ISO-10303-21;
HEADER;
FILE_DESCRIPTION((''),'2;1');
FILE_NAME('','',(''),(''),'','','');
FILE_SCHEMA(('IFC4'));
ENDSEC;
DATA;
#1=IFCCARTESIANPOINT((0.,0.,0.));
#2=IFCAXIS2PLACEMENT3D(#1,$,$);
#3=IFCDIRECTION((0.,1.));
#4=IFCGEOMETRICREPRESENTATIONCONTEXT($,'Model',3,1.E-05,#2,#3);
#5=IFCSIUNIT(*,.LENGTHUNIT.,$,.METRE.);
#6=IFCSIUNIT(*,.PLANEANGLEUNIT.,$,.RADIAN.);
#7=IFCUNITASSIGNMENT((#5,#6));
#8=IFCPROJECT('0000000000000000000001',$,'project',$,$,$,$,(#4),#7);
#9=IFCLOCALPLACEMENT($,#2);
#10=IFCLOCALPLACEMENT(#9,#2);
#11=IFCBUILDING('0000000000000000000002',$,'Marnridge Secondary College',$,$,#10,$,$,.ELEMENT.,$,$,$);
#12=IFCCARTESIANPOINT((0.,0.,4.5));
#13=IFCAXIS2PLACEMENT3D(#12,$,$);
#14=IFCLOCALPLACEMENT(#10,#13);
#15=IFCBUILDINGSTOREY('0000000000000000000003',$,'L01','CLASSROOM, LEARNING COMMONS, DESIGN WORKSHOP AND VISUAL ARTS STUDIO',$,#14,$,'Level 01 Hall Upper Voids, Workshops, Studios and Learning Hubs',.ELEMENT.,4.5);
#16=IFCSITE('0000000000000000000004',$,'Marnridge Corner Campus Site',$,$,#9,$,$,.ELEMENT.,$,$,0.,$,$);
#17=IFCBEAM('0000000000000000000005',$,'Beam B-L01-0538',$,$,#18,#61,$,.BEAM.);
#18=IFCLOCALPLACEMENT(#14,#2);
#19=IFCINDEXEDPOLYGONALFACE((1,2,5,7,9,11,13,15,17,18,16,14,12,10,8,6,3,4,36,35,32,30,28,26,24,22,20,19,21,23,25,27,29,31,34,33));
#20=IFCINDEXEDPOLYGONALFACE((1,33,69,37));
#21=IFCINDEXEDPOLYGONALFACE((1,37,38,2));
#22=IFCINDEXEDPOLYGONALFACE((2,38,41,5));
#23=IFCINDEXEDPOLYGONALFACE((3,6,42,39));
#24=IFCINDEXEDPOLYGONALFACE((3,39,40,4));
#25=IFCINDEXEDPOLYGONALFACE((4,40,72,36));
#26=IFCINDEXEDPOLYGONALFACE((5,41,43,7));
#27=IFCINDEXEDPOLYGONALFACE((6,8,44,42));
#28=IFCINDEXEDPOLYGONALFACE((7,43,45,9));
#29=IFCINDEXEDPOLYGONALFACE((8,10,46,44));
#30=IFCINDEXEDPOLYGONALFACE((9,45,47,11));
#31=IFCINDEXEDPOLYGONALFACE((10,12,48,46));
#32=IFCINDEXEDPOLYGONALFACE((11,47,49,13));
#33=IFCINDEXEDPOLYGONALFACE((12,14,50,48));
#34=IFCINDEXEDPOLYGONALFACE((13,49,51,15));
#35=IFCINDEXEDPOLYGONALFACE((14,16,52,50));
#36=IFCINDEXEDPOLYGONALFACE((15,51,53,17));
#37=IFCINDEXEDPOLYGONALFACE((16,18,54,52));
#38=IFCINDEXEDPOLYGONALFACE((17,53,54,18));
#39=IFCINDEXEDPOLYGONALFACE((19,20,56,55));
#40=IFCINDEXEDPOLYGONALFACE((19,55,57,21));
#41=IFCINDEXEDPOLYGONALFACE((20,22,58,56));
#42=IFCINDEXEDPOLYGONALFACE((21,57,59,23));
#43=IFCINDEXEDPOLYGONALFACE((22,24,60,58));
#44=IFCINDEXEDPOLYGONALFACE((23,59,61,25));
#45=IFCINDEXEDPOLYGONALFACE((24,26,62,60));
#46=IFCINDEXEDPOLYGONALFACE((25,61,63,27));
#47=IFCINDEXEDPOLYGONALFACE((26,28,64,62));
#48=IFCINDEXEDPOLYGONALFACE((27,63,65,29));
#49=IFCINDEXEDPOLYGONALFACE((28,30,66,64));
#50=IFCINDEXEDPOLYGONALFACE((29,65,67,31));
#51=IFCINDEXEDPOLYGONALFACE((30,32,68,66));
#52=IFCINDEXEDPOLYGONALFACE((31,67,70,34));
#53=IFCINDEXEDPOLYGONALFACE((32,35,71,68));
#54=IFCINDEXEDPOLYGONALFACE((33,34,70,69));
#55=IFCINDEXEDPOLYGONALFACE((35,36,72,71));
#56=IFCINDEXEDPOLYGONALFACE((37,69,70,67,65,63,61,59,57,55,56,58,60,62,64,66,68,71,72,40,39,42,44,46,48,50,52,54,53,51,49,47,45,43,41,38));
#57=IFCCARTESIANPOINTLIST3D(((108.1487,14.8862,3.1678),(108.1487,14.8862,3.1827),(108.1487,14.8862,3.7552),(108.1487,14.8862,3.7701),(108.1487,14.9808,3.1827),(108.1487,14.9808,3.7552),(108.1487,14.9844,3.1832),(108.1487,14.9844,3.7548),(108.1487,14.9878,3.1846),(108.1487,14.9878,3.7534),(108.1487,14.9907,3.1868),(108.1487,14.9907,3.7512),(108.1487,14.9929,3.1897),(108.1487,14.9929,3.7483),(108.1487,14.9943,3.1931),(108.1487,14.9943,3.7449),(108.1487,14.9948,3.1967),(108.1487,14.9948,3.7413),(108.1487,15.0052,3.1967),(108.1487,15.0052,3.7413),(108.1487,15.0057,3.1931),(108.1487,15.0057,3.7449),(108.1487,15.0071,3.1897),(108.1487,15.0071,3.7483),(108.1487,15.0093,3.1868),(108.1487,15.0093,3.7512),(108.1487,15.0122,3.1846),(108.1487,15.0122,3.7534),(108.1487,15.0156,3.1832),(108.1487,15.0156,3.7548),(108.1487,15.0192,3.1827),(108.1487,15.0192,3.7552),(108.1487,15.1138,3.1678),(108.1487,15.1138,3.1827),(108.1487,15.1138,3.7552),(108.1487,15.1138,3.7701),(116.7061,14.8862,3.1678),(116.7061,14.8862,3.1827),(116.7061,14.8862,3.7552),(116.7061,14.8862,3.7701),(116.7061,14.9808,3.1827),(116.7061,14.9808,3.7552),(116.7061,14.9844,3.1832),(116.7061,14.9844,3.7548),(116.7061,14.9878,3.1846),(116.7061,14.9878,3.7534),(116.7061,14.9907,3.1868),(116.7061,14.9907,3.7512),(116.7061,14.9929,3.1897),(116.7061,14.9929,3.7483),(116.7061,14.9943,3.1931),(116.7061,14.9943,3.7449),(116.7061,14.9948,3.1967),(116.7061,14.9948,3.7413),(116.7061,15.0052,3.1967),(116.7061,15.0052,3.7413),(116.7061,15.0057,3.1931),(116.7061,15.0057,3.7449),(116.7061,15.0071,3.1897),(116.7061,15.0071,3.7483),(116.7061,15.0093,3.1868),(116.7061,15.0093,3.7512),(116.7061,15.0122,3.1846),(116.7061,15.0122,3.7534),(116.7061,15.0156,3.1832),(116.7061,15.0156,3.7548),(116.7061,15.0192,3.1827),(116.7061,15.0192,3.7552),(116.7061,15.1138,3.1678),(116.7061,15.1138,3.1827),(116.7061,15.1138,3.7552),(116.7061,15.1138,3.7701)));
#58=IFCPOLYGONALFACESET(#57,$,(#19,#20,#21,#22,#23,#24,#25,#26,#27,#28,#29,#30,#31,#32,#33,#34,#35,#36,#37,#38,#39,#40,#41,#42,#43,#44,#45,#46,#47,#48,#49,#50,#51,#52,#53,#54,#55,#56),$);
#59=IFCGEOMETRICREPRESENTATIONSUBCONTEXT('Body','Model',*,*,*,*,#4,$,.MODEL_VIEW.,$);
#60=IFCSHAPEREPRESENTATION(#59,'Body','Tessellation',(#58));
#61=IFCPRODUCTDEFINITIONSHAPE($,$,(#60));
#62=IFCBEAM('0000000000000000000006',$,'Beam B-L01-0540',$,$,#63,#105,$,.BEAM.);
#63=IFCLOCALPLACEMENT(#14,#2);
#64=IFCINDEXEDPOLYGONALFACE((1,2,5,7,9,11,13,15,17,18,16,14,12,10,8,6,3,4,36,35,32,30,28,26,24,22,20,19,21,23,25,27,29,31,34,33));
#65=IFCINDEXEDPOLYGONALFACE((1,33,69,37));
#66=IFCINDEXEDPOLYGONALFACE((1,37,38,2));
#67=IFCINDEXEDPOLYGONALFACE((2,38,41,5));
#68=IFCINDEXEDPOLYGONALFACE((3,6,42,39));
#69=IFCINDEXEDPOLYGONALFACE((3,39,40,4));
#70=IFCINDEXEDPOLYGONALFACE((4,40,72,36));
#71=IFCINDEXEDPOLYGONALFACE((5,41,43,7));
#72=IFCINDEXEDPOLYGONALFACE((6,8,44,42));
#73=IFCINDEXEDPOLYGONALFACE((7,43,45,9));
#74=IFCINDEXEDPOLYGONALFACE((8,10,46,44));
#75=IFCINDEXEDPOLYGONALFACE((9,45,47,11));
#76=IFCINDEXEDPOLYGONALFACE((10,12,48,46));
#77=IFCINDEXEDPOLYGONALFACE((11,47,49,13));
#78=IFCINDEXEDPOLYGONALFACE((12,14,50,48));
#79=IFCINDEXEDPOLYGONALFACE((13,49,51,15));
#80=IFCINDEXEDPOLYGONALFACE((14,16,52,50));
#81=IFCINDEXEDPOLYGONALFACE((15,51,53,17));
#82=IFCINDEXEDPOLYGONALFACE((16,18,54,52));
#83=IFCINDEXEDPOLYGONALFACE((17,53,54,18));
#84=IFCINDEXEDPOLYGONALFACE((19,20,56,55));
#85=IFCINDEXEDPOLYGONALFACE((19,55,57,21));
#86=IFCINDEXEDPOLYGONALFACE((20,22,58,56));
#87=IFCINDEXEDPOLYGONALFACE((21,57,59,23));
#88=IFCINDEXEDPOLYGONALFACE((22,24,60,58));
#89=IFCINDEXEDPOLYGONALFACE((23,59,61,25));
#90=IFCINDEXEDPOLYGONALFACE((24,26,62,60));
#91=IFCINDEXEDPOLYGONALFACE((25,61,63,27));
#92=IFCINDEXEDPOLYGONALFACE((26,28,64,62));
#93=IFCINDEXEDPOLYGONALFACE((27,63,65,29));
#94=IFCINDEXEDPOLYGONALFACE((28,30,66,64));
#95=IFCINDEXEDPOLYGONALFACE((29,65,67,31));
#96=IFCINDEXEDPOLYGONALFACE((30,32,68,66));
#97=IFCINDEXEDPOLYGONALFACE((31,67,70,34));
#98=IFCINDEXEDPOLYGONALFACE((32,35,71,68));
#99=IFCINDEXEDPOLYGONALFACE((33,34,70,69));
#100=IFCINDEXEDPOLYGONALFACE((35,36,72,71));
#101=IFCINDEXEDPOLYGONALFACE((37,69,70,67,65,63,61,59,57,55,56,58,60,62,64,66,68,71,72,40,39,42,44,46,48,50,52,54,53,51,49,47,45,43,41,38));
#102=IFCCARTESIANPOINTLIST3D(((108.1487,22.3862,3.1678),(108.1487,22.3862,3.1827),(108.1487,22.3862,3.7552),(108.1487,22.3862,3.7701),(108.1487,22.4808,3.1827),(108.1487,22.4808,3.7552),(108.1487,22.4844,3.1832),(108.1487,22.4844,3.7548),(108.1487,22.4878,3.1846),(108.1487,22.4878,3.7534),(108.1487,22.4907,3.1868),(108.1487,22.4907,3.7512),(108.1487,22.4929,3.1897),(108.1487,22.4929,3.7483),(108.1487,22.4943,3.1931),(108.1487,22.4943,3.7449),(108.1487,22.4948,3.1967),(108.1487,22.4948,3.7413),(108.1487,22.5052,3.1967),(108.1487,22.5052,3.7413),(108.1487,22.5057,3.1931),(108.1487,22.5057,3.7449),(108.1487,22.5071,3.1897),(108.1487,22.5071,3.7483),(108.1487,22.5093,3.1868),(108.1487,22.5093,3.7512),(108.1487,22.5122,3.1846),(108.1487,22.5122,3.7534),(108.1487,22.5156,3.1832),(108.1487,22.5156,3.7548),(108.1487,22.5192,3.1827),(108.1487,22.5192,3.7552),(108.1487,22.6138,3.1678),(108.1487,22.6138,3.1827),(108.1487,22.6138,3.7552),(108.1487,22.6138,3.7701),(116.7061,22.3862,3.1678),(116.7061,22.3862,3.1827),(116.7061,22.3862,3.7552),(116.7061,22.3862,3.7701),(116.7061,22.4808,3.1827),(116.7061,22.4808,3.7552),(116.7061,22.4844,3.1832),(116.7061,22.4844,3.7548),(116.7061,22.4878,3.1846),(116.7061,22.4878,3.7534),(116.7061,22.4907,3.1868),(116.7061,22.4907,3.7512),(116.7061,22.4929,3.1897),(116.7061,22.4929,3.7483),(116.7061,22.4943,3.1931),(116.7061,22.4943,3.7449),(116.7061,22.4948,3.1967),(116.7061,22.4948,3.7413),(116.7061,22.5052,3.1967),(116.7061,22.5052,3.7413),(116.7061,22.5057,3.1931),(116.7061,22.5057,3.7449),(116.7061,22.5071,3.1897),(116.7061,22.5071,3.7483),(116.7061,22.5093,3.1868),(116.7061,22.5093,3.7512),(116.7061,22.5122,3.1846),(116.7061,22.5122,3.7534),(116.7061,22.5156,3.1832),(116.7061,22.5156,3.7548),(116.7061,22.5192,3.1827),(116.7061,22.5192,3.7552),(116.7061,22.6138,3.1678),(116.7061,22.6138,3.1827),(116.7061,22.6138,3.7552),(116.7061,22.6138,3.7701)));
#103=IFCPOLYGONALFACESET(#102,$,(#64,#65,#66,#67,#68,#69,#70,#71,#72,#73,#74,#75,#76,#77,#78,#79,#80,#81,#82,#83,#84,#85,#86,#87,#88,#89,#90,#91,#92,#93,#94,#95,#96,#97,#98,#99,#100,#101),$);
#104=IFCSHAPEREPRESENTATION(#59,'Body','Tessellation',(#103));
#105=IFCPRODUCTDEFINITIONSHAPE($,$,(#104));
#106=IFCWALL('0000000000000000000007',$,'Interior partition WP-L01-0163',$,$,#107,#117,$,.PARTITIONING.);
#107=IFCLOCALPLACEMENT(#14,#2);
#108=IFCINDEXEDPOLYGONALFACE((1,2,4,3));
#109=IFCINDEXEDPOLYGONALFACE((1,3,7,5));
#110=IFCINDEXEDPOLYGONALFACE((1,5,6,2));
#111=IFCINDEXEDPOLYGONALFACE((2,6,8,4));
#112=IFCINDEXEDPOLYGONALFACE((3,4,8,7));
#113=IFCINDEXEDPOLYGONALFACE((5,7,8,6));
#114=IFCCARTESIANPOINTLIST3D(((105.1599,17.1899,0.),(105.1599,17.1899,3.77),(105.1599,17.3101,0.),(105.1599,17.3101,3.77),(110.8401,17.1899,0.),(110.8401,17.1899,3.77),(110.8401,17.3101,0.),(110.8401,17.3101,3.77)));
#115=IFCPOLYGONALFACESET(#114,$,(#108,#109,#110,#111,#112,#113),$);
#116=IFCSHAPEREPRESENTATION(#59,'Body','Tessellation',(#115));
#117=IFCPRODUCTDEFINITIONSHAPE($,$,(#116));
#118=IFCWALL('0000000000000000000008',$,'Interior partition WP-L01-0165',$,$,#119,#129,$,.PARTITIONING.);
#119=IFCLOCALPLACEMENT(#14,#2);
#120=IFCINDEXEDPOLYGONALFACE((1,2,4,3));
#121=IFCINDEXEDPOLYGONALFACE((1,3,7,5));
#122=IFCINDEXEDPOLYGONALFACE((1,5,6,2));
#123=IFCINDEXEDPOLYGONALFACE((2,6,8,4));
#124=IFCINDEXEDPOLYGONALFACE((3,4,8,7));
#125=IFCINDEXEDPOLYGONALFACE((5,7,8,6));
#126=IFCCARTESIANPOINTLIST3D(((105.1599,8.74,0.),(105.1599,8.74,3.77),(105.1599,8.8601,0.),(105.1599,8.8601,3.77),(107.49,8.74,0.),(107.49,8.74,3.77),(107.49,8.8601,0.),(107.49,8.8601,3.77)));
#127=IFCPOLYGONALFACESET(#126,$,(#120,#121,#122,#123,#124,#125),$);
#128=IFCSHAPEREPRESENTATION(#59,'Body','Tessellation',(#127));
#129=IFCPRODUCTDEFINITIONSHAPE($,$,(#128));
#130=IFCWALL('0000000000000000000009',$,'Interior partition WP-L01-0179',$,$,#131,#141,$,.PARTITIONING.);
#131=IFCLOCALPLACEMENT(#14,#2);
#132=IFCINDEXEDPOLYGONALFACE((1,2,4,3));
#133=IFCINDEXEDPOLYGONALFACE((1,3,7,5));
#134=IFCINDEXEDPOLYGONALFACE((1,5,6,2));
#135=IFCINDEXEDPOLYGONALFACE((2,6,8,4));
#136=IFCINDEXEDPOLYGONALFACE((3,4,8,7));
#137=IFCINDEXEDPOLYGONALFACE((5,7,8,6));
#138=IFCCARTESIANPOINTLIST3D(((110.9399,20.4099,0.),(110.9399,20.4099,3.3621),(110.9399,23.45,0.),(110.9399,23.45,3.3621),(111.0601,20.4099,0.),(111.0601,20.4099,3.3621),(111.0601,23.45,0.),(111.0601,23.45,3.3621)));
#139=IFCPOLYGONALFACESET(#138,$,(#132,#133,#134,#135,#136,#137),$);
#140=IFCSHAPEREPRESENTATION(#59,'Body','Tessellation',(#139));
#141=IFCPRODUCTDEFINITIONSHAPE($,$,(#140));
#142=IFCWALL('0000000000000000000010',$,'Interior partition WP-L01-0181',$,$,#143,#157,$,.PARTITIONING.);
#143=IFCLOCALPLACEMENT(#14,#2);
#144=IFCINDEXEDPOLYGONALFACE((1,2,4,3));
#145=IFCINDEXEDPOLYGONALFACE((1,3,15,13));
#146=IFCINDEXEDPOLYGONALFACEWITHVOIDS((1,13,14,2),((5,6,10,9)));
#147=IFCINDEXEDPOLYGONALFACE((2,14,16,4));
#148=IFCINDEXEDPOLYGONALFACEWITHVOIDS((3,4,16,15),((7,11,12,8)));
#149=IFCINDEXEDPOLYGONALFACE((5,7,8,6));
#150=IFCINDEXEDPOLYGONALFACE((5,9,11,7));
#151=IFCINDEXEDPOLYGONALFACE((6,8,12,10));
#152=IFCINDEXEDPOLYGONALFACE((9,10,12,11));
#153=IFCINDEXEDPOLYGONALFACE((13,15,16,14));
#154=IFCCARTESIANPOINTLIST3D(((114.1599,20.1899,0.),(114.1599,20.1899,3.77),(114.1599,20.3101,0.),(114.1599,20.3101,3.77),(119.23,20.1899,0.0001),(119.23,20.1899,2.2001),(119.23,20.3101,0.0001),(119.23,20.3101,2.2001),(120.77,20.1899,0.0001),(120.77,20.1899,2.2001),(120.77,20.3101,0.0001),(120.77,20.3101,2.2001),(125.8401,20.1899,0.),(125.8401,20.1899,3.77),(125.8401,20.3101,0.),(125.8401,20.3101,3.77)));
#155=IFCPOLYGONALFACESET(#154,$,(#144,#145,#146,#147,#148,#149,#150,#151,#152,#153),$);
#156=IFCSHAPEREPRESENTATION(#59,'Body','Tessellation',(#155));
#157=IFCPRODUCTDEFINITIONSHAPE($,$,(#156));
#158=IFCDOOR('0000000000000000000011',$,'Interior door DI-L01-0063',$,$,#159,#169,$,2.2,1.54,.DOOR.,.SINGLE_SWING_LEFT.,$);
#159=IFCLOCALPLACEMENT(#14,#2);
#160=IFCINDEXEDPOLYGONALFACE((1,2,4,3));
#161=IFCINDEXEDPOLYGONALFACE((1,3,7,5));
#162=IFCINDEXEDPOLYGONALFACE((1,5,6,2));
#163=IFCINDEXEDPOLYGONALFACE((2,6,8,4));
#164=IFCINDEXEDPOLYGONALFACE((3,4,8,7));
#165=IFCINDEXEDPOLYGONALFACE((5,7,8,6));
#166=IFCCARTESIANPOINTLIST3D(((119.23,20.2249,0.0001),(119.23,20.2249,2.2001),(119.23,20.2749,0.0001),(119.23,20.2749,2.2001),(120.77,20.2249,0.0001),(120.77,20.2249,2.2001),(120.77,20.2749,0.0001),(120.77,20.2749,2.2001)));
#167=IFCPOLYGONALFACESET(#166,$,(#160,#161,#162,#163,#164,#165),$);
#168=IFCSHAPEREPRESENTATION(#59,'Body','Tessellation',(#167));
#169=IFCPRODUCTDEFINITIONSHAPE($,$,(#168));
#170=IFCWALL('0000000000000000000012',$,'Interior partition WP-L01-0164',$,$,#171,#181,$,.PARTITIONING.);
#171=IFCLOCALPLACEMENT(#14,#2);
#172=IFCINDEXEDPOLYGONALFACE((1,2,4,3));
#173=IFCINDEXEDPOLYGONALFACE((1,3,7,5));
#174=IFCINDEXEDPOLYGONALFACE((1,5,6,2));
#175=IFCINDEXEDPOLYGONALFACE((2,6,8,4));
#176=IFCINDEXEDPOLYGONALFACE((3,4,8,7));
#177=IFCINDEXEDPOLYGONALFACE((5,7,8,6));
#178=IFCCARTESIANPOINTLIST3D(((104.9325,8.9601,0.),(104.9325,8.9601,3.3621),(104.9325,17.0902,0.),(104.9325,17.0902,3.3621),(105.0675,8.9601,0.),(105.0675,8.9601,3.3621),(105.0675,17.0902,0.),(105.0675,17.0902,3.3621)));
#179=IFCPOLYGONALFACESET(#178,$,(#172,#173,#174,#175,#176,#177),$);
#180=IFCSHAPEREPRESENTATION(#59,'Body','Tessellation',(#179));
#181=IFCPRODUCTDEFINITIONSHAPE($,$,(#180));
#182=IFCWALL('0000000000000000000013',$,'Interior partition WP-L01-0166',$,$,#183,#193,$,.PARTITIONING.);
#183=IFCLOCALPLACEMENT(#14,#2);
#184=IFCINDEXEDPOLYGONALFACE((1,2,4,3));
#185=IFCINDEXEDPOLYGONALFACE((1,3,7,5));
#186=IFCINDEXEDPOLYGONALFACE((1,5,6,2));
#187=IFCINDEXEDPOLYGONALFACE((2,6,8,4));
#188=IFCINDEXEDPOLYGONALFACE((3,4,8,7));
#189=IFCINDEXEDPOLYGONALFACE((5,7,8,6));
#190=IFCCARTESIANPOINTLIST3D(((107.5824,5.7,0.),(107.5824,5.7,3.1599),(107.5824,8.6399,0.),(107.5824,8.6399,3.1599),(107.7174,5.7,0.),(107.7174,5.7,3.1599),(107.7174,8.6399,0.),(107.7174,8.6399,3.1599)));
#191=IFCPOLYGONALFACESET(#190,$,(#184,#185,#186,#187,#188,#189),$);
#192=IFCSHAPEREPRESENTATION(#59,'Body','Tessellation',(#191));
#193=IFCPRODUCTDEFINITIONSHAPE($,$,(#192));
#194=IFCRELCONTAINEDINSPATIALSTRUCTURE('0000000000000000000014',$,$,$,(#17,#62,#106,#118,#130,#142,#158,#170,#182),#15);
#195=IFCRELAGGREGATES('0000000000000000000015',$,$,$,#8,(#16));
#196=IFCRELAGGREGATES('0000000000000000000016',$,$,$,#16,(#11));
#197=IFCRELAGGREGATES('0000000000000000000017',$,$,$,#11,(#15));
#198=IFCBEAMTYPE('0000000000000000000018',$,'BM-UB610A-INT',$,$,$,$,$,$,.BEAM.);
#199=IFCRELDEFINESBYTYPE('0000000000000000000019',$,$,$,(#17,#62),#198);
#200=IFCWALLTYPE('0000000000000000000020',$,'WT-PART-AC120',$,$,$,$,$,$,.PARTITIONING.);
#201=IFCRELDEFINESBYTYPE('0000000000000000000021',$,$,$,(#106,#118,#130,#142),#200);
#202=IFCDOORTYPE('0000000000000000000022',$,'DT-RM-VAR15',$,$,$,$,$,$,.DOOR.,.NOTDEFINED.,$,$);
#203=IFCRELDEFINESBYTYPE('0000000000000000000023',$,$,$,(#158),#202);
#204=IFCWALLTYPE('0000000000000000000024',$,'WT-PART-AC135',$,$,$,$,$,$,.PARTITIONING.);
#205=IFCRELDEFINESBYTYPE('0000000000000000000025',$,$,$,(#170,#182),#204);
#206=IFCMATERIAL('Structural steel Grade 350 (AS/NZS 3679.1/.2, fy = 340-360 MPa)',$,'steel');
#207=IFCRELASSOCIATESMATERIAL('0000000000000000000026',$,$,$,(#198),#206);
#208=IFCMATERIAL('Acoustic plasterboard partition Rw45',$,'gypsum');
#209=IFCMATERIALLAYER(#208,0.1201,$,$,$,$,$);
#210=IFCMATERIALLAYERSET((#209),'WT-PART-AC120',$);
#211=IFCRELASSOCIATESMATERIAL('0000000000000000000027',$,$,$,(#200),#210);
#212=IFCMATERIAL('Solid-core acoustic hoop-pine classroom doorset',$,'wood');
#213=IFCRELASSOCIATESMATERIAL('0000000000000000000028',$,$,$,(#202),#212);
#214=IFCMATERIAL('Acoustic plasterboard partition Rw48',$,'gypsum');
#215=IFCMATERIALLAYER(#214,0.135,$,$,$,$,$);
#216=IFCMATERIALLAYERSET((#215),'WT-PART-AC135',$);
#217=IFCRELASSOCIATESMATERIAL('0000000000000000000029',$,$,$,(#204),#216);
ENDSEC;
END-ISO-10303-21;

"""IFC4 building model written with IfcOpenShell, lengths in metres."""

from ifc_helpers import new_model, si_unit, direction, frame, frame_2d, origin, origin_2d, place, context, subcontext, project, spatial, rectangle, i_section, extrude, material, layer, layer_set, material_profile, profile_set, type_object, element, fill, save


model = new_model("IFC4")

# Units and contexts
model_context = context("Model", 3, precision=1e-05, world=origin(), true_north=direction((0.0, 1.0)))
body_context = subcontext(model_context, "Body", "Model", "MODEL_VIEW")
ifc_project = project(units=[si_unit("LENGTHUNIT", "METRE"), si_unit("PLANEANGLEUNIT", "RADIAN")], contexts=[model_context])

# Site, building, storey
site_placement = place(None, origin())
site = spatial("IfcSite", under=ifc_project, at=site_placement, Name="Marnridge Corner Campus Site", CompositionType="ELEMENT", RefElevation=0.0)
building_placement = place(site_placement, origin())
building = spatial("IfcBuilding", under=site, at=building_placement, Name="Marnridge Secondary College", CompositionType="ELEMENT")
storey_placement = place(building_placement, frame((0.0, 0.0, 4.5)))
storey = spatial("IfcBuildingStorey", under=building, at=storey_placement, Name="L01", Description="CLASSROOM, LEARNING COMMONS, DESIGN WORKSHOP AND VISUAL ARTS STUDIO", LongName="Level 01 Hall Upper Voids, Workshops, Studios and Learning Hubs", CompositionType="ELEMENT", Elevation=4.5)

# Beams
ifc_material_1 = material(Name="Structural steel Grade 350 (AS/NZS 3679.1/.2, fy = 340-360 MPa)", Category="steel")
ifc_material_profile_1 = material_profile(ifc_material_1, i_section(OverallWidth=0.2275, OverallDepth=0.6023, WebThickness=0.0105, FlangeThickness=0.0149, FilletRadius=0.0139, at=origin_2d()), Name="610UB101")
ifc_profile_set_1 = profile_set([ifc_material_profile_1], Name="Structural steel Grade 350 (AS/NZS 3679.1/.2, fy = 340-360 MPa)")
beam_type_1 = type_object("IfcBeamType", Name="BM-UB610A-INT", PredefinedType="BEAM", material=ifc_profile_set_1)
for number, where, z_axis, x_axis, name in (
    (1, (108.1487, 15.0, 3.469), (1.0, 0.0, 0.0), (0.0, 1.0, 0.0), "Beam B-L01-0538"),
    (2, (108.1487, 22.5, 3.469), (1.0, 0.0, 0.0), (0.0, 1.0, 0.0), "Beam B-L01-0540"),
):
    element("IfcBeam", number, at=place(storey_placement, frame(where, z_axis=z_axis, x_axis=x_axis)), inside=storey, type_object=beam_type_1, Name=name, PredefinedType="BEAM", context=body_context, shape_type="SweptSolid", body=[
        extrude(i_section(OverallWidth=0.2275, OverallDepth=0.6023, WebThickness=0.0105, FlangeThickness=0.0149, FilletRadius=0.0139, at=origin_2d()), origin(), (0.0, 0.0, 1.0), 8.5574),
    ])

# Walls
ifc_material_2 = material(Name="Acoustic plasterboard partition Rw45", Category="gypsum")
ifc_layer_1 = layer(ifc_material_2, 0.1201)
ifc_layer_set_1 = layer_set([ifc_layer_1], Name="WT-PART-AC120")
wall_type_1 = type_object("IfcWallType", Name="WT-PART-AC120", PredefinedType="PARTITIONING", material=ifc_layer_set_1)
wall_1_placement = place(storey_placement, frame((110.8401, 17.25, 0.0), z_axis=(0.0, 0.0, 1.0), x_axis=(-1.0, 0.0, 0.0)))
element("IfcWall", 3, at=wall_1_placement, inside=storey, type_object=wall_type_1, Name="Interior partition WP-L01-0163", PredefinedType="PARTITIONING", context=body_context, shape_type="SweptSolid", body=[
    extrude(rectangle(XDim=5.6802, YDim=0.1201, at=frame_2d((2.8401, 0.0))), origin(), (0.0, 0.0, 1.0), 3.77),
])
wall_2_placement = place(storey_placement, frame((105.1599, 8.8, 0.0), z_axis=(0.0, 0.0, 1.0), x_axis=(1.0, 0.0, 0.0)))
element("IfcWall", 4, at=wall_2_placement, inside=storey, type_object=wall_type_1, Name="Interior partition WP-L01-0165", PredefinedType="PARTITIONING", context=body_context, shape_type="SweptSolid", body=[
    extrude(rectangle(XDim=2.3301, YDim=0.1201, at=frame_2d((1.165, 0.0))), origin(), (0.0, 0.0, 1.0), 3.77),
])
wall_3_placement = place(storey_placement, frame((111.0, 20.4099, 0.0), z_axis=(0.0, 0.0, 1.0), x_axis=(0.0, 1.0, 0.0)))
element("IfcWall", 5, at=wall_3_placement, inside=storey, type_object=wall_type_1, Name="Interior partition WP-L01-0179", PredefinedType="PARTITIONING", context=body_context, shape_type="SweptSolid", body=[
    extrude(rectangle(XDim=3.04, YDim=0.1201, at=frame_2d((1.52, 0.0))), origin(), (0.0, 0.0, 1.0), 3.3621),
])

# Wall, opening, door
wall_4_placement = place(storey_placement, frame((114.1599, 20.25, 0.0), z_axis=(0.0, 0.0, 1.0), x_axis=(1.0, 0.0, 0.0)))
wall_4 = element("IfcWall", 6, at=wall_4_placement, inside=storey, type_object=wall_type_1, Name="Interior partition WP-L01-0181", PredefinedType="PARTITIONING", context=body_context, shape_type="SweptSolid", body=[
    extrude(rectangle(XDim=11.6802, YDim=0.1201, at=frame_2d((5.8401, 0.0))), origin(), (0.0, 0.0, 1.0), 3.77),
])
opening_1_placement = place(wall_4_placement, frame((5.0701, 0.0, 0.0)))
opening_1 = element("IfcOpeningElement", 7, at=opening_1_placement, cuts=wall_4, PredefinedType="OPENING", context=body_context, shape_type="SweptSolid", body=[
    extrude(rectangle(XDim=1.54, YDim=2.2, at=frame_2d((0.77, 1.1001))), frame((0.0, 0.0701, 0.0), z_axis=(0.0, -1.0, 0.0), x_axis=(1.0, 0.0, 0.0)), (0.0, 0.0, 1.0), 0.1401),
])
ifc_material_3 = material(Name="Solid-core acoustic hoop-pine classroom doorset", Category="wood")
door_type_1 = type_object("IfcDoorType", Name="DT-RM-VAR15", OperationType="NOTDEFINED", PredefinedType="DOOR", material=ifc_material_3)
door_1_placement = place(opening_1_placement, origin())
door_1 = element("IfcDoor", 8, at=door_1_placement, inside=storey, type_object=door_type_1, Name="Interior door DI-L01-0063", OperationType="SINGLE_SWING_LEFT", OverallHeight=2.2, OverallWidth=1.54, PredefinedType="DOOR", context=body_context, shape_type="SweptSolid", body=[
    extrude(rectangle(XDim=1.54, YDim=2.2, at=frame_2d((0.77, 1.1001))), frame((0.0, 0.0249, 0.0), z_axis=(0.0, -1.0, 0.0), x_axis=(1.0, 0.0, 0.0)), (0.0, 0.0, 1.0), 0.05),
])
fill(opening_1, door_1)

# Walls
ifc_material_4 = material(Name="Acoustic plasterboard partition Rw48", Category="gypsum")
ifc_layer_2 = layer(ifc_material_4, 0.135)
ifc_layer_set_2 = layer_set([ifc_layer_2], Name="WT-PART-AC135")
wall_type_2 = type_object("IfcWallType", Name="WT-PART-AC135", PredefinedType="PARTITIONING", material=ifc_layer_set_2)
wall_5_placement = place(storey_placement, frame((105.0, 17.0901, 0.0), z_axis=(0.0, 0.0, 1.0), x_axis=(0.0, -1.0, 0.0)))
element("IfcWall", 9, at=wall_5_placement, inside=storey, type_object=wall_type_2, Name="Interior partition WP-L01-0164", PredefinedType="PARTITIONING", context=body_context, shape_type="SweptSolid", body=[
    extrude(rectangle(XDim=8.1301, YDim=0.135, at=frame_2d((4.0649, 0.0))), origin(), (0.0, 0.0, 1.0), 3.3621),
])
wall_6_placement = place(storey_placement, frame((107.6499, 8.6399, 0.0), z_axis=(0.0, 0.0, 1.0), x_axis=(0.0, -1.0, 0.0)))
element("IfcWall", 10, at=wall_6_placement, inside=storey, type_object=wall_type_2, Name="Interior partition WP-L01-0166", PredefinedType="PARTITIONING", context=body_context, shape_type="SweptSolid", body=[
    extrude(rectangle(XDim=2.9399, YDim=0.135, at=frame_2d((1.47, 0.0))), origin(), (0.0, 0.0, 1.0), 3.1599),
])

save(model, "model.ifc")
